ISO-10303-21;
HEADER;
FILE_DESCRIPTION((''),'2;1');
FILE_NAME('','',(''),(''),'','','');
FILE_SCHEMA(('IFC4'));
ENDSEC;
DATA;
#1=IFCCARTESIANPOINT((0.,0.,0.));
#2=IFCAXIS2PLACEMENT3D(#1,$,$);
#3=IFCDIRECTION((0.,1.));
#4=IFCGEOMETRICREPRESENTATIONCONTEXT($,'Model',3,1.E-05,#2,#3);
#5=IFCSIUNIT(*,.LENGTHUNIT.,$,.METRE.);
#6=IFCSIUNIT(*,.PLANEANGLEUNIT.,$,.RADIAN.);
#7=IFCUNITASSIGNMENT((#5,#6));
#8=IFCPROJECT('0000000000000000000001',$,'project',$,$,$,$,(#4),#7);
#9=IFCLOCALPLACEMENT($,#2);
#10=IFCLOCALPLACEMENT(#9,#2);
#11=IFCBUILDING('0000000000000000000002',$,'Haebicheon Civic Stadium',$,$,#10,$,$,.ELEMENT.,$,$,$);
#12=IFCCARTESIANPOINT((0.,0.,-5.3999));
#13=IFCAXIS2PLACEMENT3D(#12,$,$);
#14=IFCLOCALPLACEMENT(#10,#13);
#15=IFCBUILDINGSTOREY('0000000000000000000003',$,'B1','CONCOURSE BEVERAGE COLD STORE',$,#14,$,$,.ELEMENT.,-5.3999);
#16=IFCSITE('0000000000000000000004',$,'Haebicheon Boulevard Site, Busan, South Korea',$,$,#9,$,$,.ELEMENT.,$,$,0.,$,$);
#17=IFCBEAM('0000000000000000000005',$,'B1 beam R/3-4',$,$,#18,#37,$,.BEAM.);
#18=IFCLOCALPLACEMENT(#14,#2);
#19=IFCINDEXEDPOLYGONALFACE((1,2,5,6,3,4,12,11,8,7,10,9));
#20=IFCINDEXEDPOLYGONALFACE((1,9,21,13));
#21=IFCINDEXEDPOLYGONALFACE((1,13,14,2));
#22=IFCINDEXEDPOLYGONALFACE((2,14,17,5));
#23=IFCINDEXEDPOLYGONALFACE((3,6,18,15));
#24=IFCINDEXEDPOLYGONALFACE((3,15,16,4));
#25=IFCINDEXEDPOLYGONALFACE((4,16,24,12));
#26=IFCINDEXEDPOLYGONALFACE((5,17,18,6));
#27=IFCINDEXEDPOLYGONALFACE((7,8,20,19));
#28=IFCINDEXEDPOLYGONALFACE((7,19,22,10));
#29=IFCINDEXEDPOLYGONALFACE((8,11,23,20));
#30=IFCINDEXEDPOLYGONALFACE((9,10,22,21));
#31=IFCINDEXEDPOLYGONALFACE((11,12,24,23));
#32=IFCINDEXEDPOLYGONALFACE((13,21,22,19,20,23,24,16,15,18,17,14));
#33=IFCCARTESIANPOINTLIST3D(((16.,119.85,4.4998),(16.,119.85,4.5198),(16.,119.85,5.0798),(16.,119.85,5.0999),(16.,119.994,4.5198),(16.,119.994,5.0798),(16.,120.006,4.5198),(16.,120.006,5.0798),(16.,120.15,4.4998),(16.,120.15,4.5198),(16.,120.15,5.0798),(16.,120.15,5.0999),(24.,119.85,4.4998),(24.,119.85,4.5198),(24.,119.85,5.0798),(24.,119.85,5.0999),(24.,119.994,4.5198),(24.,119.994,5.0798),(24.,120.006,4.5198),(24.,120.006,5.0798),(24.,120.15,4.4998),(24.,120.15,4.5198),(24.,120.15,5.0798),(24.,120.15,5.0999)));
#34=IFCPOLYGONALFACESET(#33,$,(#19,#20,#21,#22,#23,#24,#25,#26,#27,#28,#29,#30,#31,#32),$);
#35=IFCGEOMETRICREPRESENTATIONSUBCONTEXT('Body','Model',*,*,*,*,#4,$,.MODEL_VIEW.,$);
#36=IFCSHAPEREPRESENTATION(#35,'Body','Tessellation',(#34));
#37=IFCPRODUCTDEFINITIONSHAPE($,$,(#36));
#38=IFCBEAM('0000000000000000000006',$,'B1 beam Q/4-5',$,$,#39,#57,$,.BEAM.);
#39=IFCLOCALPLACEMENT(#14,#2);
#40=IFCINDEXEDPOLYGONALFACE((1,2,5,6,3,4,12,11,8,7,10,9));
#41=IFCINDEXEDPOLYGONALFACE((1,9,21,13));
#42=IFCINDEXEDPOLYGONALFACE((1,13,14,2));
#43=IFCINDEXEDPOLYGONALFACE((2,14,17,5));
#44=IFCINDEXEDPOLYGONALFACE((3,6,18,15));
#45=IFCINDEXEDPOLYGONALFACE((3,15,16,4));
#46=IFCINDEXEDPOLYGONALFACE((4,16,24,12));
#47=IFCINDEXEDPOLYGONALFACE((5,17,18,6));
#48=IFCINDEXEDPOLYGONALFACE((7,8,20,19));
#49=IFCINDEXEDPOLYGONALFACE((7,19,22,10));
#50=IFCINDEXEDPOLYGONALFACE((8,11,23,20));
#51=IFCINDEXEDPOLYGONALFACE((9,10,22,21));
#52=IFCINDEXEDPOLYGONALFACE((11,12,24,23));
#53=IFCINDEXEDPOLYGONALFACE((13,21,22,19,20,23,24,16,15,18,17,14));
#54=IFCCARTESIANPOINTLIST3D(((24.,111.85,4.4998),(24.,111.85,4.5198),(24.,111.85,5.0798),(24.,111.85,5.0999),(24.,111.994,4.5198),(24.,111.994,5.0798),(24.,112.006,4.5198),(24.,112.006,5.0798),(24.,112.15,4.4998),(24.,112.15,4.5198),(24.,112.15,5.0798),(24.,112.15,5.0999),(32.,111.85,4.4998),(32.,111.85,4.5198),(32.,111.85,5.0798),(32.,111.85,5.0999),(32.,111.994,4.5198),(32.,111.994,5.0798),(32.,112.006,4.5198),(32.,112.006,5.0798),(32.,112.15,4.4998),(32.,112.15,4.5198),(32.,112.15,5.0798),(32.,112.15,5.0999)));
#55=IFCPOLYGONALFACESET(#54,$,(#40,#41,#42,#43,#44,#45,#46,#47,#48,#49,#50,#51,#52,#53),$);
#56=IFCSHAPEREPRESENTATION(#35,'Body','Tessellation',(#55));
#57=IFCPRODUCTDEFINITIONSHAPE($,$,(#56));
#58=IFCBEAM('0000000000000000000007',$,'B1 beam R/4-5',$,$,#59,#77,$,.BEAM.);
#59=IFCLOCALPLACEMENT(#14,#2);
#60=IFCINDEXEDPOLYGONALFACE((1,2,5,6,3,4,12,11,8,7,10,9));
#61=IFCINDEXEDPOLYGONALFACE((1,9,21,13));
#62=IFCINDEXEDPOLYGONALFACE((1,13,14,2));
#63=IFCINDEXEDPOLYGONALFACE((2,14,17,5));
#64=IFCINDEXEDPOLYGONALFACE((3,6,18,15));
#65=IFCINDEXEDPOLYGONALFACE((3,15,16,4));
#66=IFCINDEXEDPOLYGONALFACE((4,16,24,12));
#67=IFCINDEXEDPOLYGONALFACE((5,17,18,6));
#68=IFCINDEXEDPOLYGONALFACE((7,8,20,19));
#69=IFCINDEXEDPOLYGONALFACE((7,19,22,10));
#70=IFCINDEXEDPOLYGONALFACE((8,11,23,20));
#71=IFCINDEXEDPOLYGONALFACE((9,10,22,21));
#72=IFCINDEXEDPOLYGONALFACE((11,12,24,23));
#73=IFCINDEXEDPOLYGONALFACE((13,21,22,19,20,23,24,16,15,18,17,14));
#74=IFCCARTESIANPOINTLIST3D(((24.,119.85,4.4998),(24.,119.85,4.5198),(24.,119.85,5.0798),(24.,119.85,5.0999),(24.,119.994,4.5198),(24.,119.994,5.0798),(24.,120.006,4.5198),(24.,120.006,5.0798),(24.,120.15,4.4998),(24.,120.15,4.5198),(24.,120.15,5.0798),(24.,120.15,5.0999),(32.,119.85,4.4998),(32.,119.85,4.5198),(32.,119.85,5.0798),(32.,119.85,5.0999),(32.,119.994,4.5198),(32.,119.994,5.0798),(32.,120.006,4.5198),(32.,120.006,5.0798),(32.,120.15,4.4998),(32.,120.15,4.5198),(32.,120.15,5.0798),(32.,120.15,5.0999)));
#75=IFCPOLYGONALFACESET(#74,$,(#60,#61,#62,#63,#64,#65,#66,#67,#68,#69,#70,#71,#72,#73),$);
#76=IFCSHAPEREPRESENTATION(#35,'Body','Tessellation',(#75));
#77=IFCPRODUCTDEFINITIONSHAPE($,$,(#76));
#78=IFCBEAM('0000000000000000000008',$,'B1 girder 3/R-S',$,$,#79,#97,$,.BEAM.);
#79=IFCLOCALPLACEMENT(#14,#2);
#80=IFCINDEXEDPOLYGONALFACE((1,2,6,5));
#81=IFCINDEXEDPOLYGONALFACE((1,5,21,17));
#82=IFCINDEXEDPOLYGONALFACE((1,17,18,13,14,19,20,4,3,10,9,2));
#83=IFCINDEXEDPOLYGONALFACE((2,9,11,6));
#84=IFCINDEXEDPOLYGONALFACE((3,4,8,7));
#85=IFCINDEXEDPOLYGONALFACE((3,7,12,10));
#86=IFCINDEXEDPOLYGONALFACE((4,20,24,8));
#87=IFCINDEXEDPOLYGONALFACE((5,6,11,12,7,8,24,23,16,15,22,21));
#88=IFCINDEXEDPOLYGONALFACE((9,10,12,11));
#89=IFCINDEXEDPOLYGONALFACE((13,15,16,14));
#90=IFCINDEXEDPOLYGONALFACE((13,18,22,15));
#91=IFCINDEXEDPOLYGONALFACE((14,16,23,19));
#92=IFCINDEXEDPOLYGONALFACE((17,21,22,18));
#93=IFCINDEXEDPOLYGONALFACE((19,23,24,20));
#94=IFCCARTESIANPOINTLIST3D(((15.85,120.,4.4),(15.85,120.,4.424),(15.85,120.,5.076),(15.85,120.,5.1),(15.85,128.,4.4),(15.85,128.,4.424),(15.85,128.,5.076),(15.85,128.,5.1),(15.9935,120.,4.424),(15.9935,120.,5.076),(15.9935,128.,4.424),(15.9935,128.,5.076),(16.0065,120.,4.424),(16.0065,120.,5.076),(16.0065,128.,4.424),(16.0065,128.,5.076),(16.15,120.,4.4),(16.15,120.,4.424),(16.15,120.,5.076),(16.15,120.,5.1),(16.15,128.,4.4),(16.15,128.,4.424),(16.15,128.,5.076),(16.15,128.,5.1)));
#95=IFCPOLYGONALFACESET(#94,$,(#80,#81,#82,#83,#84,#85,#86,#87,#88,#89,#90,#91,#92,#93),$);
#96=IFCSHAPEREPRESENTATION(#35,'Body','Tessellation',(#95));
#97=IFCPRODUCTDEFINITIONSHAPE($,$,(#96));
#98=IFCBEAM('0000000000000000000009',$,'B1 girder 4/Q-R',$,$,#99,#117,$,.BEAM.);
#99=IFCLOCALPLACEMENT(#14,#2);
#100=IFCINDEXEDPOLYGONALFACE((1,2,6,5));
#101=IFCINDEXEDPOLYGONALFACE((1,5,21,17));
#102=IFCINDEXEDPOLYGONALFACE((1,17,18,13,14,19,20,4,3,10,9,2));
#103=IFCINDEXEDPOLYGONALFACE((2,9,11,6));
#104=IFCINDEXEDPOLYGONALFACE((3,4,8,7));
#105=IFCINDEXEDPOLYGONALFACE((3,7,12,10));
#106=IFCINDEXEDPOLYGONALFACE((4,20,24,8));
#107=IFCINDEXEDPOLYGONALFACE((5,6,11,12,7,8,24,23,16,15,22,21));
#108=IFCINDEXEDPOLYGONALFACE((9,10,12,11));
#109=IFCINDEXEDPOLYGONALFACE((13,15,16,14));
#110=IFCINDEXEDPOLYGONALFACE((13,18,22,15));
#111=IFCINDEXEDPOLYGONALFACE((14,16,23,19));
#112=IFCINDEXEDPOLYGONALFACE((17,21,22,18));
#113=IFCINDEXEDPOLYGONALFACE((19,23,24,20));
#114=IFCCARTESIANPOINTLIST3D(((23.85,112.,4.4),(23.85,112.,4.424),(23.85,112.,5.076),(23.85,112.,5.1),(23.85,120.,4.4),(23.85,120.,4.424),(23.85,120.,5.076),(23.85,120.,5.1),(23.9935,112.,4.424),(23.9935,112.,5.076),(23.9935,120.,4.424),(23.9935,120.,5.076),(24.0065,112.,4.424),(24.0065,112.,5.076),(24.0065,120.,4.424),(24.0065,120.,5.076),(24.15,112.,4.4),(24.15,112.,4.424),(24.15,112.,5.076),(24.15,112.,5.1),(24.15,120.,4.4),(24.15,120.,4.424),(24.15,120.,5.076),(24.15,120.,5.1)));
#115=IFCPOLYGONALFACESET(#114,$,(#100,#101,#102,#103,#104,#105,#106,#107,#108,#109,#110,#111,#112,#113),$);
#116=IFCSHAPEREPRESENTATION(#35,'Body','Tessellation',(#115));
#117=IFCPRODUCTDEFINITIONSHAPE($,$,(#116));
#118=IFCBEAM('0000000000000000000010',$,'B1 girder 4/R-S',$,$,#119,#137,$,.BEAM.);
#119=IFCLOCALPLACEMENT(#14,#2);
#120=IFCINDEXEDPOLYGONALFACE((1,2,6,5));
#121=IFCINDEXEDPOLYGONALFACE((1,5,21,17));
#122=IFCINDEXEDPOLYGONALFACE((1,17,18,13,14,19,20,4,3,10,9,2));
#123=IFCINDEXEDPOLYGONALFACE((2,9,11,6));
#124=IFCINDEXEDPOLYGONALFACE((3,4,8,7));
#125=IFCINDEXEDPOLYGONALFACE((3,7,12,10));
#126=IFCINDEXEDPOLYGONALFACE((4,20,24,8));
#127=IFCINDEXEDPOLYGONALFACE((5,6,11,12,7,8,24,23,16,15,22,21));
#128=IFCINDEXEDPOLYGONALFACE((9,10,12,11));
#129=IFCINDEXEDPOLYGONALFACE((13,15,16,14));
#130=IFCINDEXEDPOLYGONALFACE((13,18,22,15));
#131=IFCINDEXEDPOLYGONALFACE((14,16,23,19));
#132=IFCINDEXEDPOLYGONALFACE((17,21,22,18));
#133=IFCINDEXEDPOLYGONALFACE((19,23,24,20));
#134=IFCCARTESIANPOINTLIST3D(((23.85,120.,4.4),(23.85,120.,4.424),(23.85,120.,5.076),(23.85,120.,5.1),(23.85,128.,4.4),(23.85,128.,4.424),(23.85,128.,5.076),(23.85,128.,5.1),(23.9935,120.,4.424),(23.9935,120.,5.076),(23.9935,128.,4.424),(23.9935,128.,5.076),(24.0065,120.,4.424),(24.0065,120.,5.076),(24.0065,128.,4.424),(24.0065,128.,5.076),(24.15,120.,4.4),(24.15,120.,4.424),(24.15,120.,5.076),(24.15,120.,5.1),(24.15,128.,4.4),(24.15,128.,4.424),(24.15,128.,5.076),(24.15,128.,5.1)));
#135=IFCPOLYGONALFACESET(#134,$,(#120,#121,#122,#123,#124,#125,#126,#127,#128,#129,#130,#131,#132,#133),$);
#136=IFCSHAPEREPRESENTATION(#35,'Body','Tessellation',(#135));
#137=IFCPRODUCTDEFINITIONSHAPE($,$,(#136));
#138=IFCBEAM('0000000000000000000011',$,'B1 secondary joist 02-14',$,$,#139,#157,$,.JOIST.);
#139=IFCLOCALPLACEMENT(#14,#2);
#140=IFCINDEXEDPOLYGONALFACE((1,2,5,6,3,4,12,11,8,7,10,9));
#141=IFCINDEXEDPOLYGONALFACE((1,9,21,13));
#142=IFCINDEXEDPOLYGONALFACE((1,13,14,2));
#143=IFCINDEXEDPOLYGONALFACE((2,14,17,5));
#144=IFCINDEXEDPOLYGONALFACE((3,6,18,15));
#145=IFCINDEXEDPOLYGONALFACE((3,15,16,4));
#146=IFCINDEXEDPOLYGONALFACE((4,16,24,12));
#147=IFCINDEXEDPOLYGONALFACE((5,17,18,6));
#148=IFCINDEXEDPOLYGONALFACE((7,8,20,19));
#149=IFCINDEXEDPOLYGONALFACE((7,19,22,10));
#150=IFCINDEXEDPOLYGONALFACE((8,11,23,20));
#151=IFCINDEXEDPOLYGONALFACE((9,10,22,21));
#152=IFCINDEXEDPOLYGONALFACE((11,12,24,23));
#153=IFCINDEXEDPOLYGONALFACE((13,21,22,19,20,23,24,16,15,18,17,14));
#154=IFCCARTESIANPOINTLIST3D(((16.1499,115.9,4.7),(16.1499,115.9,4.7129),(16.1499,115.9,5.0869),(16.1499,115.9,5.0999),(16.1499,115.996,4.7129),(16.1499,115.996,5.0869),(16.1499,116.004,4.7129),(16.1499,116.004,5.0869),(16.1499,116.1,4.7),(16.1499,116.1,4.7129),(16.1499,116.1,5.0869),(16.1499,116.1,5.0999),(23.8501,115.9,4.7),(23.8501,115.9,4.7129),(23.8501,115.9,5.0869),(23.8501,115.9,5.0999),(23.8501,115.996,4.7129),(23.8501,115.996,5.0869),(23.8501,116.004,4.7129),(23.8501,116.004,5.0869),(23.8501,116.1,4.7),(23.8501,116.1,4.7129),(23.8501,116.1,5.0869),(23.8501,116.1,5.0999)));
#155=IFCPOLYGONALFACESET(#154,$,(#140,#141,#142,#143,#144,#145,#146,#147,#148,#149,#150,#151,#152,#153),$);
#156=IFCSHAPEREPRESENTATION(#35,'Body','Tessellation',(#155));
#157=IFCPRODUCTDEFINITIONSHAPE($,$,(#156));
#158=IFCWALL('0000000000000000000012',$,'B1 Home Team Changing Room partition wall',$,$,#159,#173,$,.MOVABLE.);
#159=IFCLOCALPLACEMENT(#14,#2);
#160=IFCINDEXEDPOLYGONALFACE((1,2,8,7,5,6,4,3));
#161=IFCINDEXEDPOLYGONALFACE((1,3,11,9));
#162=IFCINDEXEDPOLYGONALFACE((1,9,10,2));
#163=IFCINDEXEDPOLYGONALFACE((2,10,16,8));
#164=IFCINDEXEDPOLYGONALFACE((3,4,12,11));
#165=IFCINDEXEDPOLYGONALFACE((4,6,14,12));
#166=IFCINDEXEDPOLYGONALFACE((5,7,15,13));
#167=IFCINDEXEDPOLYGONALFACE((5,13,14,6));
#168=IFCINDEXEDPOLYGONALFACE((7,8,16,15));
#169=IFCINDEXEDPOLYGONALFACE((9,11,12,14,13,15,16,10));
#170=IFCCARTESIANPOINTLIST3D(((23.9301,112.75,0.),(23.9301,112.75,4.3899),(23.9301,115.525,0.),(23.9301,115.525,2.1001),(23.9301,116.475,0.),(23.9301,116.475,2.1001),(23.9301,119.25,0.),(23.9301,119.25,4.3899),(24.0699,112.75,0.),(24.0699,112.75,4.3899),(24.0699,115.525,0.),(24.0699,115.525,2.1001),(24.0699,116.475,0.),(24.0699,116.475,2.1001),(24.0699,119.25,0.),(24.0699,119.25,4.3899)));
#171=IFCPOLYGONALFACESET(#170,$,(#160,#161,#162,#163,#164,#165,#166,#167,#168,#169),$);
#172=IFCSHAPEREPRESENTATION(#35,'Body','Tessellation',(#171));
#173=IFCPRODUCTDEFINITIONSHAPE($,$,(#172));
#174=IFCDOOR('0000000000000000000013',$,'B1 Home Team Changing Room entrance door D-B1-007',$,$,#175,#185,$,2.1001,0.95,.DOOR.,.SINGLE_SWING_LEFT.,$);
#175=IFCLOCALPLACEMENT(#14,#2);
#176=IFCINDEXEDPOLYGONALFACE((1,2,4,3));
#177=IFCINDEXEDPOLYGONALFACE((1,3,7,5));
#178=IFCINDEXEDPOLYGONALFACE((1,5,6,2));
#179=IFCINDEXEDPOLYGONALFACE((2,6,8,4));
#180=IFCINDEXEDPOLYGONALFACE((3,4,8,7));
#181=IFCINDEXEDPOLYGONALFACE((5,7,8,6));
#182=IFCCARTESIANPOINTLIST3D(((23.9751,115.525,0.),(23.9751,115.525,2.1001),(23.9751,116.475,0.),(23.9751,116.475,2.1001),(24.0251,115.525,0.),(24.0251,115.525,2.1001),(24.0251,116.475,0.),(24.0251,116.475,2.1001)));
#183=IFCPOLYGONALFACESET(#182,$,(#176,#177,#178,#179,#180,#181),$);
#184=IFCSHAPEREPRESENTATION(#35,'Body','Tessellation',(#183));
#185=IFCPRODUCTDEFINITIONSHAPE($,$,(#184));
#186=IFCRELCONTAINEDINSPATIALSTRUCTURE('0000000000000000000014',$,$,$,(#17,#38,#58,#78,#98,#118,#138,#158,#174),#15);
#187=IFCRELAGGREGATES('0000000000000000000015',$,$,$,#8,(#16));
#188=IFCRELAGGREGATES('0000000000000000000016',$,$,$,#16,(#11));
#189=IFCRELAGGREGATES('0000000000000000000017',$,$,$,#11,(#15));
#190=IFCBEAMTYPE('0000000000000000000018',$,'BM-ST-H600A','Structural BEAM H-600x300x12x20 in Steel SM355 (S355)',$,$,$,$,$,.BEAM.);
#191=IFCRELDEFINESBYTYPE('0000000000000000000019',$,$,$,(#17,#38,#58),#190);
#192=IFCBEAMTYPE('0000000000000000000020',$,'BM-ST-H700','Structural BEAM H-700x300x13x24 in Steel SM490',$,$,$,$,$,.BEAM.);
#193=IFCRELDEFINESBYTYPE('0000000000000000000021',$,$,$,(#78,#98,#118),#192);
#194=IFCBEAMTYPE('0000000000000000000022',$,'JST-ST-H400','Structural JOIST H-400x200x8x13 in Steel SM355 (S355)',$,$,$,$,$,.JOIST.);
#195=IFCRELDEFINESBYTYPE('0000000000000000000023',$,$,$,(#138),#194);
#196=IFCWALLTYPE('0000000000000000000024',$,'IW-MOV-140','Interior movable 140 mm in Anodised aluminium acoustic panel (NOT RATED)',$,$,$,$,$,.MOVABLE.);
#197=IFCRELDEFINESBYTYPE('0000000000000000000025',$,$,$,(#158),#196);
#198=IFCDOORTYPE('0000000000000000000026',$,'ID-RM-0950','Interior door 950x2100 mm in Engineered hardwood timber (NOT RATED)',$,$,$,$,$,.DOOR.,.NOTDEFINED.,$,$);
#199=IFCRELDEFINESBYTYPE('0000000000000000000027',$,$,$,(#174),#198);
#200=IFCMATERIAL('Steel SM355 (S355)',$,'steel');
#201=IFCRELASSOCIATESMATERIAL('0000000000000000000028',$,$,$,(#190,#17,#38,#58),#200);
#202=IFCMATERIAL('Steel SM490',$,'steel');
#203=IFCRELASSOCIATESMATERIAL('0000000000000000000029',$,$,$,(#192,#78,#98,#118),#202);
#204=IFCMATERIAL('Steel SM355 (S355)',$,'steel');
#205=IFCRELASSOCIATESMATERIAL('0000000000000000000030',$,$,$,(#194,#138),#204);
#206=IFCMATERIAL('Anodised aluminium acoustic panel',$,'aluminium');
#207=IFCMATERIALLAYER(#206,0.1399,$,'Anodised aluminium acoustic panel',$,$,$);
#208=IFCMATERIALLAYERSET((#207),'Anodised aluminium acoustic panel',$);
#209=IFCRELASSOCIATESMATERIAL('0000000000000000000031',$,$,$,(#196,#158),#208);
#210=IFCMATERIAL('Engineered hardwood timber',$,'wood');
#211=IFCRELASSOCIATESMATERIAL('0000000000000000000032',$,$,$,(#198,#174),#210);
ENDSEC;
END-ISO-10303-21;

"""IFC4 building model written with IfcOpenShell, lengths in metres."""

from ifc_helpers import new_model, si_unit, direction, frame, frame_2d, origin, origin_2d, place, context, subcontext, project, spatial, rectangle, i_section, extrude, material, layer, layer_set, material_profile, profile_set, type_object, element, fill, save


model = new_model("IFC4")

# Units and contexts
model_context = context("Model", 3, precision=1e-05, world=origin(), true_north=direction((0.0, 1.0)))
body_context = subcontext(model_context, "Body", "Model", "MODEL_VIEW")
ifc_project = project(units=[si_unit("LENGTHUNIT", "METRE"), si_unit("PLANEANGLEUNIT", "RADIAN")], contexts=[model_context])

# Site, building, storey
site_placement = place(None, origin())
site = spatial("IfcSite", under=ifc_project, at=site_placement, Name="Haebicheon Boulevard Site, Busan, South Korea", CompositionType="ELEMENT", RefElevation=0.0)
building_placement = place(site_placement, origin())
building = spatial("IfcBuilding", under=site, at=building_placement, Name="Haebicheon Civic Stadium", CompositionType="ELEMENT")
storey_placement = place(building_placement, frame((0.0, 0.0, -5.3999)))
storey = spatial("IfcBuildingStorey", under=building, at=storey_placement, Name="B1", Description="CONCOURSE BEVERAGE COLD STORE", CompositionType="ELEMENT", Elevation=-5.3999)

# Beams
ifc_material_1 = material(Name="Steel SM355 (S355)", Category="steel")
ifc_material_profile_1 = material_profile(ifc_material_1, i_section(OverallWidth=0.3, OverallDepth=0.6001, WebThickness=0.012, FlangeThickness=0.02, at=origin_2d()), Name="H-600x300x12x20")
ifc_profile_set_1 = profile_set([ifc_material_profile_1], Name="Steel SM355 (S355)")
beam_type_1 = type_object("IfcBeamType", Name="BM-ST-H600A", Description="Structural BEAM H-600x300x12x20 in Steel SM355 (S355)", PredefinedType="BEAM", material=ifc_profile_set_1)
for number, where, z_axis, x_axis, name in (
    (1, (16.0, 120.0, 4.7998), (1.0, 0.0, 0.0), (0.0, 1.0, 0.0), "B1 beam R/3-4"),
    (2, (24.0, 112.0, 4.7998), (1.0, 0.0, 0.0), (0.0, 1.0, 0.0), "B1 beam Q/4-5"),
    (3, (24.0, 120.0, 4.7998), (1.0, 0.0, 0.0), (0.0, 1.0, 0.0), "B1 beam R/4-5"),
):
    element("IfcBeam", number, at=place(storey_placement, frame(where, z_axis=z_axis, x_axis=x_axis)), inside=storey, type_object=beam_type_1, material=ifc_profile_set_1, Name=name, PredefinedType="BEAM", context=body_context, shape_type="SweptSolid", body=[
        extrude(i_section(OverallWidth=0.3, OverallDepth=0.6001, WebThickness=0.012, FlangeThickness=0.02, at=origin_2d()), origin(), (0.0, 0.0, 1.0), 8.0),
    ])
ifc_material_2 = material(Name="Steel SM490", Category="steel")
ifc_material_profile_2 = material_profile(ifc_material_2, i_section(OverallWidth=0.3, OverallDepth=0.7, WebThickness=0.0129, FlangeThickness=0.0239, at=origin_2d()), Name="H-700x300x13x24")
ifc_profile_set_2 = profile_set([ifc_material_profile_2], Name="Steel SM490")
beam_type_2 = type_object("IfcBeamType", Name="BM-ST-H700", Description="Structural BEAM H-700x300x13x24 in Steel SM490", PredefinedType="BEAM", material=ifc_profile_set_2)
for number, where, z_axis, x_axis, name in (
    (4, (16.0, 120.0, 4.75), (0.0, 1.0, 0.0), (-1.0, 0.0, 0.0), "B1 girder 3/R-S"),
    (5, (24.0, 112.0, 4.75), (0.0, 1.0, 0.0), (-1.0, 0.0, 0.0), "B1 girder 4/Q-R"),
    (6, (24.0, 120.0, 4.75), (0.0, 1.0, 0.0), (-1.0, 0.0, 0.0), "B1 girder 4/R-S"),
):
    element("IfcBeam", number, at=place(storey_placement, frame(where, z_axis=z_axis, x_axis=x_axis)), inside=storey, type_object=beam_type_2, material=ifc_profile_set_2, Name=name, PredefinedType="BEAM", context=body_context, shape_type="SweptSolid", body=[
        extrude(i_section(OverallWidth=0.3, OverallDepth=0.7, WebThickness=0.0129, FlangeThickness=0.0239, at=origin_2d()), origin(), (0.0, 0.0, 1.0), 8.0),
    ])
ifc_material_3 = material(Name="Steel SM355 (S355)", Category="steel")
ifc_material_profile_3 = material_profile(ifc_material_3, i_section(OverallWidth=0.2, OverallDepth=0.3999, WebThickness=0.0081, FlangeThickness=0.0129, at=origin_2d()), Name="H-400x200x8x13")
ifc_profile_set_3 = profile_set([ifc_material_profile_3], Name="Steel SM355 (S355)")
beam_type_3 = type_object("IfcBeamType", Name="JST-ST-H400", Description="Structural JOIST H-400x200x8x13 in Steel SM355 (S355)", PredefinedType="JOIST", material=ifc_profile_set_3)
beam_placement = place(storey_placement, frame((16.1499, 116.0, 4.8999), z_axis=(1.0, 0.0, 0.0), x_axis=(0.0, 1.0, 0.0)))
element("IfcBeam", 7, at=beam_placement, inside=storey, type_object=beam_type_3, material=ifc_profile_set_3, Name="B1 secondary joist 02-14", PredefinedType="JOIST", context=body_context, shape_type="SweptSolid", body=[
    extrude(i_section(OverallWidth=0.2, OverallDepth=0.3999, WebThickness=0.0081, FlangeThickness=0.0129, at=origin_2d()), origin(), (0.0, 0.0, 1.0), 7.7002),
])

# Wall, opening, door
ifc_material_4 = material(Name="Anodised aluminium acoustic panel", Category="aluminium")
ifc_layer_1 = layer(ifc_material_4, 0.1399, Name="Anodised aluminium acoustic panel")
ifc_layer_set_1 = layer_set([ifc_layer_1], Name="Anodised aluminium acoustic panel")
wall_type = type_object("IfcWallType", Name="IW-MOV-140", Description="Interior movable 140 mm in Anodised aluminium acoustic panel (NOT RATED)", PredefinedType="MOVABLE", material=ifc_layer_set_1)
wall_placement = place(storey_placement, frame((24.0, 112.75, 0.0), z_axis=(0.0, 0.0, 1.0), x_axis=(0.0, 1.0, 0.0)))
wall = element("IfcWall", 8, at=wall_placement, inside=storey, type_object=wall_type, material=ifc_layer_set_1, Name="B1 Home Team Changing Room partition wall", PredefinedType="MOVABLE", context=body_context, shape_type="SweptSolid", body=[
    extrude(rectangle(XDim=6.5, YDim=0.1399, at=frame_2d((3.25, 0.0))), origin(), (0.0, 0.0, 1.0), 4.3899),
])
opening_placement = place(wall_placement, frame((2.7749, 0.0, 0.0)))
opening = element("IfcOpeningElement", 9, at=opening_placement, cuts=wall, PredefinedType="OPENING", context=body_context, shape_type="SweptSolid", body=[
    extrude(rectangle(XDim=0.95, YDim=2.1001, at=frame_2d((0.4751, 1.05))), frame((0.0, 0.0798, 0.0), z_axis=(0.0, -1.0, 0.0), x_axis=(1.0, 0.0, 0.0)), (0.0, 0.0, 1.0), 0.1599),
])
ifc_material_5 = material(Name="Engineered hardwood timber", Category="wood")
door_type = type_object("IfcDoorType", Name="ID-RM-0950", Description="Interior door 950x2100 mm in Engineered hardwood timber (NOT RATED)", OperationType="NOTDEFINED", PredefinedType="DOOR", material=ifc_material_5)
door_placement = place(opening_placement, origin())
door = element("IfcDoor", 10, at=door_placement, inside=storey, type_object=door_type, material=ifc_material_5, Name="B1 Home Team Changing Room entrance door D-B1-007", OperationType="SINGLE_SWING_LEFT", OverallHeight=2.1001, OverallWidth=0.95, PredefinedType="DOOR", context=body_context, shape_type="SweptSolid", body=[
    extrude(rectangle(XDim=0.95, YDim=2.1001, at=frame_2d((0.4751, 1.05))), frame((0.0, 0.0249, 0.0), z_axis=(0.0, -1.0, 0.0), x_axis=(1.0, 0.0, 0.0)), (0.0, 0.0, 1.0), 0.05),
])
fill(opening, door)

save(model, "model.ifc")
